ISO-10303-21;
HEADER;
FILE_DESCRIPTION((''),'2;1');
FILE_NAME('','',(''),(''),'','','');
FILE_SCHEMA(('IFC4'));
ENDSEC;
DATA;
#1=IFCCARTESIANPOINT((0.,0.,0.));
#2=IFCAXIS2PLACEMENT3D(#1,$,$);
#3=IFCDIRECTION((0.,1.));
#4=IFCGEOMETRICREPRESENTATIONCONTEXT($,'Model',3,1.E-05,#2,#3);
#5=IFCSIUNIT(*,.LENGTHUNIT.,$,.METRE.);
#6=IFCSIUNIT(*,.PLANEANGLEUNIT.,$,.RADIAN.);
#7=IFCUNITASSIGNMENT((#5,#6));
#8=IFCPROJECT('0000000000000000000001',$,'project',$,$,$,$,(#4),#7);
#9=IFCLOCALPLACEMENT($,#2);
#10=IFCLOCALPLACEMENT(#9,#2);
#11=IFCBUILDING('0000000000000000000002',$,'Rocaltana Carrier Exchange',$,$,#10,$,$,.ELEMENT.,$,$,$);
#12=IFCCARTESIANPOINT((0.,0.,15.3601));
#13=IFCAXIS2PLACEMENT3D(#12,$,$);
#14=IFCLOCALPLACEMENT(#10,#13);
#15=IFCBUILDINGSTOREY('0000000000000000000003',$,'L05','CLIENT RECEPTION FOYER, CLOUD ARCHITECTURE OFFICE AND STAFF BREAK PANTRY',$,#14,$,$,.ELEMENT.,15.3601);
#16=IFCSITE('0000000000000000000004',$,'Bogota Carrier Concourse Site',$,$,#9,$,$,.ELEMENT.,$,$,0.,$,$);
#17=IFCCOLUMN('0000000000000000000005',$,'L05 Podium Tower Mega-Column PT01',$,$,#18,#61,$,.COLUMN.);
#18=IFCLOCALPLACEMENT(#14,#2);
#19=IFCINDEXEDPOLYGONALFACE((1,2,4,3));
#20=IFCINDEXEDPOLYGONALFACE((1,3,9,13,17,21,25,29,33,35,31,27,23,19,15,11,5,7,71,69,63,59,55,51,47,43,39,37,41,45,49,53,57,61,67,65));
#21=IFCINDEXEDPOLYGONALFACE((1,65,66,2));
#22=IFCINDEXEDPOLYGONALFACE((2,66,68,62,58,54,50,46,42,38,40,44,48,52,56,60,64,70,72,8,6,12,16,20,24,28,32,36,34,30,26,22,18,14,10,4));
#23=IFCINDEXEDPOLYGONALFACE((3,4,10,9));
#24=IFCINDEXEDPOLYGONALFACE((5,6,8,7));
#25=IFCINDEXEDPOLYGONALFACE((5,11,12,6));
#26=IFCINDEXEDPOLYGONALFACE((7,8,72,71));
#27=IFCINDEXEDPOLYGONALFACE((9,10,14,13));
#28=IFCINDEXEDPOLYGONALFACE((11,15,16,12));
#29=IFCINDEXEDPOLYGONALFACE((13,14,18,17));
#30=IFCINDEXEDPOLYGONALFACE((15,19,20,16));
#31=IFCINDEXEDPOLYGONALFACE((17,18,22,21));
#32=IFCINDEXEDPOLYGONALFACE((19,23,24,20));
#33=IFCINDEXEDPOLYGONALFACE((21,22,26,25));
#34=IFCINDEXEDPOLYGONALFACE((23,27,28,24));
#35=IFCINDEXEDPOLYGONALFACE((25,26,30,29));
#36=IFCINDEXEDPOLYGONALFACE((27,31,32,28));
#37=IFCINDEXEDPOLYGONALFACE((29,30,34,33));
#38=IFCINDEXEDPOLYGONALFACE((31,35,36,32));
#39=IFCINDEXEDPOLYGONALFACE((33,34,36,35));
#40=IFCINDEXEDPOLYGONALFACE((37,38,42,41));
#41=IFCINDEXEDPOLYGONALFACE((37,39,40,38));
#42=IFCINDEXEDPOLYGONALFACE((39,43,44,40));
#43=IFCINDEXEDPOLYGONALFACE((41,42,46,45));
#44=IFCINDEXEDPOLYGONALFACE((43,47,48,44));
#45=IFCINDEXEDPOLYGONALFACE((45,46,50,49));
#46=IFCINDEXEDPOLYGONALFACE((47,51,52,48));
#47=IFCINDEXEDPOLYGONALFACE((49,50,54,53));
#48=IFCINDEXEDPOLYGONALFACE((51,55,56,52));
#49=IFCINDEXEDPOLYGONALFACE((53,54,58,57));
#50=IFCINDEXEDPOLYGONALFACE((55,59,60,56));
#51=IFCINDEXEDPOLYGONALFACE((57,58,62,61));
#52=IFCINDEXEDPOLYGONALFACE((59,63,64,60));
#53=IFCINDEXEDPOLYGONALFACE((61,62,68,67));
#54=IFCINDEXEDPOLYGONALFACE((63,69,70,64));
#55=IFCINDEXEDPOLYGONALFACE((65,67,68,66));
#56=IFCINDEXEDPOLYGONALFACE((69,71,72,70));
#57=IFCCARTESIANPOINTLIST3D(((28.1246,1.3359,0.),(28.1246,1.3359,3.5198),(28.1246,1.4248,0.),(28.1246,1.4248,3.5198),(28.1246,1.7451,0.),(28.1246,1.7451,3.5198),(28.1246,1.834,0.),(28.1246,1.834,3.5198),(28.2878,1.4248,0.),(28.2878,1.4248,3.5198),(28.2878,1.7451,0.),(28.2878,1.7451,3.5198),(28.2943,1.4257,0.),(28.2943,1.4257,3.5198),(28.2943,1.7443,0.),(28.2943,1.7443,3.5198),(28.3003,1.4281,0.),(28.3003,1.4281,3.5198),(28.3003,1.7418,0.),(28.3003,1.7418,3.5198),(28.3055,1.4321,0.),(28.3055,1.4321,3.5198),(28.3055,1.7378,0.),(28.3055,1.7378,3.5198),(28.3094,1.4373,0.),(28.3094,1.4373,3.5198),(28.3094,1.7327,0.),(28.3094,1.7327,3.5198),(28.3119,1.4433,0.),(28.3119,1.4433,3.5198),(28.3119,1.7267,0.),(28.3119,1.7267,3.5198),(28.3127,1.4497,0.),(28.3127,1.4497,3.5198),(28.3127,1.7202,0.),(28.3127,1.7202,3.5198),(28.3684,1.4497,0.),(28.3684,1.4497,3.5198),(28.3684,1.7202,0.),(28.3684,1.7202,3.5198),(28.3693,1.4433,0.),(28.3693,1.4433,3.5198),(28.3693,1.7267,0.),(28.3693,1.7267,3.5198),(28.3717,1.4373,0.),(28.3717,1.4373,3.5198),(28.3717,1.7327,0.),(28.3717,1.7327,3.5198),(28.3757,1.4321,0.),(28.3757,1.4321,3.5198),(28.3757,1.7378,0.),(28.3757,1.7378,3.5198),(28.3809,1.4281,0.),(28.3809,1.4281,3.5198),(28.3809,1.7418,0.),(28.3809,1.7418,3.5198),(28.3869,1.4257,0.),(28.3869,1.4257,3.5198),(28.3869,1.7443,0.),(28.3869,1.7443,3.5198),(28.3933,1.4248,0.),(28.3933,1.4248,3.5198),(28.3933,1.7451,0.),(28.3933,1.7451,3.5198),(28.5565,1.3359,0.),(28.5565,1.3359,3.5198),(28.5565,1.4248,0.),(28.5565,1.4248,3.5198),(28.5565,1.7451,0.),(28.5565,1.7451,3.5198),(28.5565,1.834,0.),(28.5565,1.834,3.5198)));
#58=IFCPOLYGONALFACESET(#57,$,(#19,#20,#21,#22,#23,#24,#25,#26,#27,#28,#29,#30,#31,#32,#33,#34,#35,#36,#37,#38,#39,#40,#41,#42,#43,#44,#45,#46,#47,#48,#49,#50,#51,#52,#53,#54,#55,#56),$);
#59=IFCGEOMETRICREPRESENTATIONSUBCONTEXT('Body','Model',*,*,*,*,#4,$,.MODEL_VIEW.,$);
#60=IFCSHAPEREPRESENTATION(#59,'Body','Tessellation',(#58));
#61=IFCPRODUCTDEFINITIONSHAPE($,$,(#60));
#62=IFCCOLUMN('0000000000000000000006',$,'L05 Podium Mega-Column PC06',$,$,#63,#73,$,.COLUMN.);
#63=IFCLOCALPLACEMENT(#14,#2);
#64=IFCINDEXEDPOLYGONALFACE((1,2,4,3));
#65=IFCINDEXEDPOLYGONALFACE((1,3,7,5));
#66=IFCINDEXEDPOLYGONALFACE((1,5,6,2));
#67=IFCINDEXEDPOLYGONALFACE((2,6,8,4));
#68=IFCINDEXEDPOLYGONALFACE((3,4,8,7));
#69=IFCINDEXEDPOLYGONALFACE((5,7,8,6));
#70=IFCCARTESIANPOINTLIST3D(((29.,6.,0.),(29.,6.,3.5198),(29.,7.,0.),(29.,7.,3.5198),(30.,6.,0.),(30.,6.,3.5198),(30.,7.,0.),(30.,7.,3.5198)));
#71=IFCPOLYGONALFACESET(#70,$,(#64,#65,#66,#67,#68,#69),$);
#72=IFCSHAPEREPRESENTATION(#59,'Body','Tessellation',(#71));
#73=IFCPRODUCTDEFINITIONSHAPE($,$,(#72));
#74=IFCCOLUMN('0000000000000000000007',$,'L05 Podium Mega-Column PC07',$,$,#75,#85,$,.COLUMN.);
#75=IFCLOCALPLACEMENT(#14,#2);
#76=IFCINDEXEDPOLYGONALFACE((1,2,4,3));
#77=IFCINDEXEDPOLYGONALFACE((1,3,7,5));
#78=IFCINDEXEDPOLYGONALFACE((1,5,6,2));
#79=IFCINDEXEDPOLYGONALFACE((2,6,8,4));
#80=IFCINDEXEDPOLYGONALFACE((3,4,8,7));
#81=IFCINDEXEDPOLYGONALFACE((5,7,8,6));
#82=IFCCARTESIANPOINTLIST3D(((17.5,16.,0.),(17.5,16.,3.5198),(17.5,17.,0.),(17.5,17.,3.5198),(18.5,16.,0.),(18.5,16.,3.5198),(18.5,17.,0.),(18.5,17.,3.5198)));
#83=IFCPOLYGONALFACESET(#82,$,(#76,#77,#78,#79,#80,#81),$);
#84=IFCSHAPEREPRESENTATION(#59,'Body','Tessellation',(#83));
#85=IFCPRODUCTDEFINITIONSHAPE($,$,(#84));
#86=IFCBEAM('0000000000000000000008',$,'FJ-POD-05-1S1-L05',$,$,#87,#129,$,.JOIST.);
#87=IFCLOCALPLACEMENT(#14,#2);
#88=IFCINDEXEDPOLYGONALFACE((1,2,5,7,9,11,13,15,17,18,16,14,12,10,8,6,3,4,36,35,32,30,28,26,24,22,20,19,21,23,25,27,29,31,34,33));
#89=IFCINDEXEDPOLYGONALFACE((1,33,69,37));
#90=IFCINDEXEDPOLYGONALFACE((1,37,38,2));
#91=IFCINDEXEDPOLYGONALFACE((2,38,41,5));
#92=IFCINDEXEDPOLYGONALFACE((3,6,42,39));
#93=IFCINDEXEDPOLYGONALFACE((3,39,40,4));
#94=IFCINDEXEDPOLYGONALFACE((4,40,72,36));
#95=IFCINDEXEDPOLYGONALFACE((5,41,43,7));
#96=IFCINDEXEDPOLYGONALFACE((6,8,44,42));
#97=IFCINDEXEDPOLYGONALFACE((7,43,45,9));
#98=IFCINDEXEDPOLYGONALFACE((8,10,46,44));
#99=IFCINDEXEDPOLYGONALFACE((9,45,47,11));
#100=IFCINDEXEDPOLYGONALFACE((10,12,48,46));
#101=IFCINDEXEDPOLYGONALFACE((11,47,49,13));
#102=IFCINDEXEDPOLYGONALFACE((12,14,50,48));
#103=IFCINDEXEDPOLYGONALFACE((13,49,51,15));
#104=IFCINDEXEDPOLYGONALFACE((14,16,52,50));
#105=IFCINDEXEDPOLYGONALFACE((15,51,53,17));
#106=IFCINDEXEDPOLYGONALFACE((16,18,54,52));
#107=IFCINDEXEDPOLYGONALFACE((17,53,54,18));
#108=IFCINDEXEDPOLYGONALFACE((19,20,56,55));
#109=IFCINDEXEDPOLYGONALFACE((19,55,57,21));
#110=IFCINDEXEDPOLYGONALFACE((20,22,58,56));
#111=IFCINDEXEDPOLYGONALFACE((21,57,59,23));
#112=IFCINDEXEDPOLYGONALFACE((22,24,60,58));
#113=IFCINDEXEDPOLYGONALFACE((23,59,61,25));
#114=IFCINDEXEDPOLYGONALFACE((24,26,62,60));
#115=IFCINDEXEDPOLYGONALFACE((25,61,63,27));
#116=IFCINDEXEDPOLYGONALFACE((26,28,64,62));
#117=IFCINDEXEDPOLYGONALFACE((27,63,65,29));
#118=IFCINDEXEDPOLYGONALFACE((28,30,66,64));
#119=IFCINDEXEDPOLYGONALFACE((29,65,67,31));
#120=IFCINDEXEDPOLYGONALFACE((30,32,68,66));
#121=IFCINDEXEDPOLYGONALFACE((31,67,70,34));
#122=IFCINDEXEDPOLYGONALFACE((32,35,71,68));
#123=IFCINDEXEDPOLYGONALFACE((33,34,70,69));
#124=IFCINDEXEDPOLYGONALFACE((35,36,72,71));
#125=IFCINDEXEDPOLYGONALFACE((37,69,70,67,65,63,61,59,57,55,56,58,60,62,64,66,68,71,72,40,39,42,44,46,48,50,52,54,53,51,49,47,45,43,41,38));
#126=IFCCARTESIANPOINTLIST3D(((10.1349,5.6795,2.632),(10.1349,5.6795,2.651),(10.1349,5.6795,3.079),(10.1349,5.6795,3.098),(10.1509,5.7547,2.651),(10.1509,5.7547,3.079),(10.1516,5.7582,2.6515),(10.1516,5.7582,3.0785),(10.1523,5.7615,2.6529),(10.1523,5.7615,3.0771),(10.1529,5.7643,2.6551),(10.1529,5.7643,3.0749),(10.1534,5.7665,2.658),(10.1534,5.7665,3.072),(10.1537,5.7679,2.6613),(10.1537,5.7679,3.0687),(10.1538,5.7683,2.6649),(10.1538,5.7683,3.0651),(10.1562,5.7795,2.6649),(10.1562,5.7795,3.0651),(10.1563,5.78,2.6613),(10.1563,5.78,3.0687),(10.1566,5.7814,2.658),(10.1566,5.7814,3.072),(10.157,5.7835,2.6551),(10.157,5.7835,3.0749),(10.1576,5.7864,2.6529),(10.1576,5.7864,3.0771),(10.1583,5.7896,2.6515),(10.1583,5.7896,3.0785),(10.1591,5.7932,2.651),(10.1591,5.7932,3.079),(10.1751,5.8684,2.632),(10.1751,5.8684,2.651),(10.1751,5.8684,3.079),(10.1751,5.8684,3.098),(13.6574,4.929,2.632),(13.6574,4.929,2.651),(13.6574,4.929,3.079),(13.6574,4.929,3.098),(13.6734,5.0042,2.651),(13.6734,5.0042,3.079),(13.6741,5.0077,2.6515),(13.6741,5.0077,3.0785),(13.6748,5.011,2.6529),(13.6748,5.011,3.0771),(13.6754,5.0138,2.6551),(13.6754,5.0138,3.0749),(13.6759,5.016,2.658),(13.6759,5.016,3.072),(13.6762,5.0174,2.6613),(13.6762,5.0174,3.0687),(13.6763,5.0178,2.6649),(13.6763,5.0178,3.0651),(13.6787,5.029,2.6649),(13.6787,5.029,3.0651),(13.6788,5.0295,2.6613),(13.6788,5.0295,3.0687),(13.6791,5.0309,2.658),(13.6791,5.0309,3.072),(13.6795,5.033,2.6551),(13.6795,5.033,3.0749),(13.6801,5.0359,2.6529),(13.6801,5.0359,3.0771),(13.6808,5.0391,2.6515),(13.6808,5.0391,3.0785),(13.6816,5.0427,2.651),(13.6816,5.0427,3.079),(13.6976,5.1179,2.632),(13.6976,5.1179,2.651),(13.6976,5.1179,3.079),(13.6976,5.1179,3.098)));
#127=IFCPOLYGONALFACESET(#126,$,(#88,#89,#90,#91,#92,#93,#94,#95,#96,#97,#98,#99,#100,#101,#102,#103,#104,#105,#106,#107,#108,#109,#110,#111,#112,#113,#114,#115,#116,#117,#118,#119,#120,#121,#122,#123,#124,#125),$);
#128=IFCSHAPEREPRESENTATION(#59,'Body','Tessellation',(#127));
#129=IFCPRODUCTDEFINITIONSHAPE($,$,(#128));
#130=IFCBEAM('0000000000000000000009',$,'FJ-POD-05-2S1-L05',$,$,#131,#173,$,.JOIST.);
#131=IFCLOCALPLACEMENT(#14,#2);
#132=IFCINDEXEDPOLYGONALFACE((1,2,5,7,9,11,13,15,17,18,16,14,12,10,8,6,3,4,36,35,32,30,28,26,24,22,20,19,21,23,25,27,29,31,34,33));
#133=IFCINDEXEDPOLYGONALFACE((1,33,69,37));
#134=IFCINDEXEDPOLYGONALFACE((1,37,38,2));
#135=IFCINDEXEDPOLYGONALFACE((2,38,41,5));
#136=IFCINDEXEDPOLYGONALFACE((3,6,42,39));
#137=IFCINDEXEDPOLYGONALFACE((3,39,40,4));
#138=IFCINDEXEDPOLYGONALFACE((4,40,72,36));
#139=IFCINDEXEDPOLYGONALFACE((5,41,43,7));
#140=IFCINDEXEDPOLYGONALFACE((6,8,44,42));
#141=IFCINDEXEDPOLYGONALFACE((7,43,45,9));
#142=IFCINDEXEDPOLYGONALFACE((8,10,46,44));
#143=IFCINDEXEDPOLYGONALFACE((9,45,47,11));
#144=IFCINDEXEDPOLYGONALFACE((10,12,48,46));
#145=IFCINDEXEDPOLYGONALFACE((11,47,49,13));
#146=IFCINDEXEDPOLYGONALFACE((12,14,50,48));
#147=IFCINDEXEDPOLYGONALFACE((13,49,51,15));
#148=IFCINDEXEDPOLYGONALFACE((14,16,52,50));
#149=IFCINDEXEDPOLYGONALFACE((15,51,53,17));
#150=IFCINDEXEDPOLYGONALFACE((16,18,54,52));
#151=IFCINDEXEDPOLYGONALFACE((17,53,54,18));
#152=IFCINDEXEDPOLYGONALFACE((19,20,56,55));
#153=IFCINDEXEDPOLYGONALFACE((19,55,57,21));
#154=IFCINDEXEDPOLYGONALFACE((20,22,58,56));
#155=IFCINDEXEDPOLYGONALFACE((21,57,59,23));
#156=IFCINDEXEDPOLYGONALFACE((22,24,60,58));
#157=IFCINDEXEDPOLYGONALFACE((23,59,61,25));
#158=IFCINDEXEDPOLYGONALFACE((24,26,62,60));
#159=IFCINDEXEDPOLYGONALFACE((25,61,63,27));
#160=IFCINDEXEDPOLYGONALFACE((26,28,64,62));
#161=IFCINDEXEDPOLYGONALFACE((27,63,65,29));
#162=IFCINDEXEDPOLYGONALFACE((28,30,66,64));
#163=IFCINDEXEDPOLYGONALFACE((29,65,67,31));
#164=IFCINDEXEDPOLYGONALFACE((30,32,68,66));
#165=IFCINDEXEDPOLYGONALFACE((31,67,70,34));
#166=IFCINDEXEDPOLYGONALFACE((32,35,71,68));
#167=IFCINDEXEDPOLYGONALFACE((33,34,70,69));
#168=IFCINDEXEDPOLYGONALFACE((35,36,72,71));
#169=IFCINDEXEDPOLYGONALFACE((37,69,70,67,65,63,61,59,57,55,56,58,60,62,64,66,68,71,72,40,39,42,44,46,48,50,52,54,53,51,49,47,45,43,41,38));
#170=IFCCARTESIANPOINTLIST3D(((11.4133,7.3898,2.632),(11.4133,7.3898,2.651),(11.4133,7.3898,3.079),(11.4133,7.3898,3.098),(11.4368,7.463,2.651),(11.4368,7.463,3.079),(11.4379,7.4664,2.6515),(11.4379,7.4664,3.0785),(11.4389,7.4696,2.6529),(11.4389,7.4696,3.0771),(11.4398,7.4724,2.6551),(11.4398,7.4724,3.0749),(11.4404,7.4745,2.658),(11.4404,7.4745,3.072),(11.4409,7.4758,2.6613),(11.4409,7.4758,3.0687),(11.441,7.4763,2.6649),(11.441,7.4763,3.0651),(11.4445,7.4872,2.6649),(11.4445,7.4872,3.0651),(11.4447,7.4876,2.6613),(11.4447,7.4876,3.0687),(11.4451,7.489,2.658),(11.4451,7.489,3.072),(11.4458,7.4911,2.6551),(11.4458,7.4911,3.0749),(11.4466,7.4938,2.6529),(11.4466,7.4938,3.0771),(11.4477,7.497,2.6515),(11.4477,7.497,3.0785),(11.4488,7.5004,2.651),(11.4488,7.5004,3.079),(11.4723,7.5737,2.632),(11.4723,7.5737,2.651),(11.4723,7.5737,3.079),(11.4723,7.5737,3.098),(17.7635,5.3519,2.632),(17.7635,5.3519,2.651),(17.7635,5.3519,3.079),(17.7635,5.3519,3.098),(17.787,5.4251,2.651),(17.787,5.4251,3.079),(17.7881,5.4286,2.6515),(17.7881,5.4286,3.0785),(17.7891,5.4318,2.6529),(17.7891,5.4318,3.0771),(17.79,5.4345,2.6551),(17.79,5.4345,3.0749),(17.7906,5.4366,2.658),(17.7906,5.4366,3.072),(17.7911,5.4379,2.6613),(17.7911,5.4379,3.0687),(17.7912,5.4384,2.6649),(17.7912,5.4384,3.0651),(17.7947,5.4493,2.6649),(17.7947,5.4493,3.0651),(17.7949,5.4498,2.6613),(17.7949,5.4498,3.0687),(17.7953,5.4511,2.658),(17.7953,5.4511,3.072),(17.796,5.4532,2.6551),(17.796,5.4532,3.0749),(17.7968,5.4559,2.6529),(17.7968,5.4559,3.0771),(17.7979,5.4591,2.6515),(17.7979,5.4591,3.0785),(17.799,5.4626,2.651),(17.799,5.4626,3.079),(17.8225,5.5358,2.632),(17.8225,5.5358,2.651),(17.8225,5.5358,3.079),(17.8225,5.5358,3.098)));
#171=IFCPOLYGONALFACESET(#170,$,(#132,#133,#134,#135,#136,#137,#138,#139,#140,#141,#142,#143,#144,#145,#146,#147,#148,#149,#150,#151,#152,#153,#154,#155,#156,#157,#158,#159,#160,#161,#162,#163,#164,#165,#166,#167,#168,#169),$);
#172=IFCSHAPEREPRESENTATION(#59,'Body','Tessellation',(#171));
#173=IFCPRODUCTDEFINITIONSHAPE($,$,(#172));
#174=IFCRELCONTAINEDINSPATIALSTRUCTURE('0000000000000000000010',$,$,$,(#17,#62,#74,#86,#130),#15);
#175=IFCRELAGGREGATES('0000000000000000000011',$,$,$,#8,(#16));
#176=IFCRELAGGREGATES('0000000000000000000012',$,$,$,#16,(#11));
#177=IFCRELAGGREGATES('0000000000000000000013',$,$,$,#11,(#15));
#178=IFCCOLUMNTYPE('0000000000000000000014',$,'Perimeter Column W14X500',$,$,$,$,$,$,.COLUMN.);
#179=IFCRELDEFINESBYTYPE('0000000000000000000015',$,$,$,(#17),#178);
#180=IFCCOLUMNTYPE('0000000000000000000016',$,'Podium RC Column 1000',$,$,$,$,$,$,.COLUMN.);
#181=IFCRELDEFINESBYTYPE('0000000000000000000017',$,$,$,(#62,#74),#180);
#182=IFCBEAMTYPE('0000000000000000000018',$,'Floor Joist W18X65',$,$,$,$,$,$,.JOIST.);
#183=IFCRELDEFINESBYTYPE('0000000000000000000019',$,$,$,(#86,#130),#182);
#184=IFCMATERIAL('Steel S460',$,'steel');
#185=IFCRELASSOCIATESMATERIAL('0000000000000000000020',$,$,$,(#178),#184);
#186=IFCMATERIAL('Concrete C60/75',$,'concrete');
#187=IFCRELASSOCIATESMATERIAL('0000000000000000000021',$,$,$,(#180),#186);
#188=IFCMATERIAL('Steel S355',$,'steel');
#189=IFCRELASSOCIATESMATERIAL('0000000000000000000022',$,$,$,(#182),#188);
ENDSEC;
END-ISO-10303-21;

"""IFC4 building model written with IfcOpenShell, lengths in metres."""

from ifc_helpers import new_model, si_unit, direction, frame, origin, origin_2d, place, context, subcontext, project, spatial, rectangle, i_section, extrude, material, material_profile, profile_set, type_object, element, save


model = new_model("IFC4")

# Units and contexts
model_context = context("Model", 3, precision=1e-05, world=origin(), true_north=direction((0.0, 1.0)))
body_context = subcontext(model_context, "Body", "Model", "MODEL_VIEW")
ifc_project = project(units=[si_unit("LENGTHUNIT", "METRE"), si_unit("PLANEANGLEUNIT", "RADIAN")], contexts=[model_context])

# Site, building, storey
site_placement = place(None, origin())
site = spatial("IfcSite", under=ifc_project, at=site_placement, Name="Bogota Carrier Concourse Site", CompositionType="ELEMENT", RefElevation=0.0)
building_placement = place(site_placement, origin())
building = spatial("IfcBuilding", under=site, at=building_placement, Name="Rocaltana Carrier Exchange", CompositionType="ELEMENT")
storey_placement = place(building_placement, frame((0.0, 0.0, 15.3601)))
storey = spatial("IfcBuildingStorey", under=building, at=storey_placement, Name="L05", Description="CLIENT RECEPTION FOYER, CLOUD ARCHITECTURE OFFICE AND STAFF BREAK PANTRY", CompositionType="ELEMENT", Elevation=15.3601)

# Columns
ifc_material_1 = material(Name="Steel S460", Category="steel")
ifc_material_profile_1 = material_profile(ifc_material_1, i_section(OverallWidth=0.4319, OverallDepth=0.498, WebThickness=0.0557, FlangeThickness=0.0889, FilletRadius=0.0249, at=origin_2d()), Name="W14X500")
ifc_profile_set_1 = profile_set([ifc_material_profile_1], Name="Steel S460")
column_type_1 = type_object("IfcColumnType", Name="Perimeter Column W14X500", PredefinedType="COLUMN", material=ifc_profile_set_1)
column_placement = place(storey_placement, frame((28.3406, 1.585, 0.0), z_axis=(0.0, 0.0, 1.0), x_axis=(1.0, 0.0, 0.0)))
element("IfcColumn", 1, at=column_placement, inside=storey, type_object=column_type_1, Name="L05 Podium Tower Mega-Column PT01", PredefinedType="COLUMN", context=body_context, shape_type="SweptSolid", body=[
    extrude(i_section(OverallWidth=0.4319, OverallDepth=0.498, WebThickness=0.0557, FlangeThickness=0.0889, FilletRadius=0.0249, at=origin_2d()), origin(), (0.0, 0.0, 1.0), 3.5198),
])
ifc_material_2 = material(Name="Concrete C60/75", Category="concrete")
ifc_material_profile_2 = material_profile(ifc_material_2, rectangle(XDim=1.0, YDim=1.0, at=origin_2d()), Name="RC-COL-1000X1000")
ifc_profile_set_2 = profile_set([ifc_material_profile_2], Name="Concrete C60/75")
column_type_2 = type_object("IfcColumnType", Name="Podium RC Column 1000", PredefinedType="COLUMN", material=ifc_profile_set_2)
for number, where, z_axis, x_axis, name in (
    (2, (29.5, 6.5, 0.0), (0.0, 0.0, 1.0), (1.0, 0.0, 0.0), "L05 Podium Mega-Column PC06"),
    (3, (18.0, 16.5, 0.0), (0.0, 0.0, 1.0), (1.0, 0.0, 0.0), "L05 Podium Mega-Column PC07"),
):
    element("IfcColumn", number, at=place(storey_placement, frame(where, z_axis=z_axis, x_axis=x_axis)), inside=storey, type_object=column_type_2, Name=name, PredefinedType="COLUMN", context=body_context, shape_type="SweptSolid", body=[
        extrude(rectangle(XDim=1.0, YDim=1.0, at=origin_2d()), origin(), (0.0, 0.0, 1.0), 3.5198),
    ])

# Beams
ifc_material_3 = material(Name="Steel S355", Category="steel")
ifc_material_profile_3 = material_profile(ifc_material_3, i_section(OverallWidth=0.1931, OverallDepth=0.4661, WebThickness=0.0115, FlangeThickness=0.019, FilletRadius=0.0139, at=origin_2d()), Name="W18X65")
ifc_profile_set_3 = profile_set([ifc_material_profile_3], Name="Steel S355")
beam_type_1 = type_object("IfcBeamType", Name="Floor Joist W18X65", PredefinedType="JOIST", material=ifc_profile_set_3)
beam_1_placement = place(storey_placement, frame((13.6775, 5.0234, 2.865), z_axis=(-0.978048, 0.208381, 0.0), x_axis=(-0.208381, -0.978048, 0.0)))
element("IfcBeam", 4, at=beam_1_placement, inside=storey, type_object=beam_type_1, Name="FJ-POD-05-1S1-L05", PredefinedType="JOIST", context=body_context, shape_type="SweptSolid", body=[
    extrude(i_section(OverallWidth=0.1931, OverallDepth=0.4661, WebThickness=0.0115, FlangeThickness=0.019, FilletRadius=0.0139, at=origin_2d()), origin(), (0.0, 0.0, 1.0), 3.6016),
])
beam_2_placement = place(storey_placement, frame((17.793, 5.4438, 2.865), z_axis=(-0.952171, 0.305566, 0.0), x_axis=(-0.305566, -0.952171, 0.0)))
element("IfcBeam", 5, at=beam_2_placement, inside=storey, type_object=beam_type_1, Name="FJ-POD-05-2S1-L05", PredefinedType="JOIST", context=body_context, shape_type="SweptSolid", body=[
    extrude(i_section(OverallWidth=0.1931, OverallDepth=0.4661, WebThickness=0.0115, FlangeThickness=0.019, FilletRadius=0.0139, at=origin_2d()), origin(), (0.0, 0.0, 1.0), 6.6692),
])

save(model, "model.ifc")
